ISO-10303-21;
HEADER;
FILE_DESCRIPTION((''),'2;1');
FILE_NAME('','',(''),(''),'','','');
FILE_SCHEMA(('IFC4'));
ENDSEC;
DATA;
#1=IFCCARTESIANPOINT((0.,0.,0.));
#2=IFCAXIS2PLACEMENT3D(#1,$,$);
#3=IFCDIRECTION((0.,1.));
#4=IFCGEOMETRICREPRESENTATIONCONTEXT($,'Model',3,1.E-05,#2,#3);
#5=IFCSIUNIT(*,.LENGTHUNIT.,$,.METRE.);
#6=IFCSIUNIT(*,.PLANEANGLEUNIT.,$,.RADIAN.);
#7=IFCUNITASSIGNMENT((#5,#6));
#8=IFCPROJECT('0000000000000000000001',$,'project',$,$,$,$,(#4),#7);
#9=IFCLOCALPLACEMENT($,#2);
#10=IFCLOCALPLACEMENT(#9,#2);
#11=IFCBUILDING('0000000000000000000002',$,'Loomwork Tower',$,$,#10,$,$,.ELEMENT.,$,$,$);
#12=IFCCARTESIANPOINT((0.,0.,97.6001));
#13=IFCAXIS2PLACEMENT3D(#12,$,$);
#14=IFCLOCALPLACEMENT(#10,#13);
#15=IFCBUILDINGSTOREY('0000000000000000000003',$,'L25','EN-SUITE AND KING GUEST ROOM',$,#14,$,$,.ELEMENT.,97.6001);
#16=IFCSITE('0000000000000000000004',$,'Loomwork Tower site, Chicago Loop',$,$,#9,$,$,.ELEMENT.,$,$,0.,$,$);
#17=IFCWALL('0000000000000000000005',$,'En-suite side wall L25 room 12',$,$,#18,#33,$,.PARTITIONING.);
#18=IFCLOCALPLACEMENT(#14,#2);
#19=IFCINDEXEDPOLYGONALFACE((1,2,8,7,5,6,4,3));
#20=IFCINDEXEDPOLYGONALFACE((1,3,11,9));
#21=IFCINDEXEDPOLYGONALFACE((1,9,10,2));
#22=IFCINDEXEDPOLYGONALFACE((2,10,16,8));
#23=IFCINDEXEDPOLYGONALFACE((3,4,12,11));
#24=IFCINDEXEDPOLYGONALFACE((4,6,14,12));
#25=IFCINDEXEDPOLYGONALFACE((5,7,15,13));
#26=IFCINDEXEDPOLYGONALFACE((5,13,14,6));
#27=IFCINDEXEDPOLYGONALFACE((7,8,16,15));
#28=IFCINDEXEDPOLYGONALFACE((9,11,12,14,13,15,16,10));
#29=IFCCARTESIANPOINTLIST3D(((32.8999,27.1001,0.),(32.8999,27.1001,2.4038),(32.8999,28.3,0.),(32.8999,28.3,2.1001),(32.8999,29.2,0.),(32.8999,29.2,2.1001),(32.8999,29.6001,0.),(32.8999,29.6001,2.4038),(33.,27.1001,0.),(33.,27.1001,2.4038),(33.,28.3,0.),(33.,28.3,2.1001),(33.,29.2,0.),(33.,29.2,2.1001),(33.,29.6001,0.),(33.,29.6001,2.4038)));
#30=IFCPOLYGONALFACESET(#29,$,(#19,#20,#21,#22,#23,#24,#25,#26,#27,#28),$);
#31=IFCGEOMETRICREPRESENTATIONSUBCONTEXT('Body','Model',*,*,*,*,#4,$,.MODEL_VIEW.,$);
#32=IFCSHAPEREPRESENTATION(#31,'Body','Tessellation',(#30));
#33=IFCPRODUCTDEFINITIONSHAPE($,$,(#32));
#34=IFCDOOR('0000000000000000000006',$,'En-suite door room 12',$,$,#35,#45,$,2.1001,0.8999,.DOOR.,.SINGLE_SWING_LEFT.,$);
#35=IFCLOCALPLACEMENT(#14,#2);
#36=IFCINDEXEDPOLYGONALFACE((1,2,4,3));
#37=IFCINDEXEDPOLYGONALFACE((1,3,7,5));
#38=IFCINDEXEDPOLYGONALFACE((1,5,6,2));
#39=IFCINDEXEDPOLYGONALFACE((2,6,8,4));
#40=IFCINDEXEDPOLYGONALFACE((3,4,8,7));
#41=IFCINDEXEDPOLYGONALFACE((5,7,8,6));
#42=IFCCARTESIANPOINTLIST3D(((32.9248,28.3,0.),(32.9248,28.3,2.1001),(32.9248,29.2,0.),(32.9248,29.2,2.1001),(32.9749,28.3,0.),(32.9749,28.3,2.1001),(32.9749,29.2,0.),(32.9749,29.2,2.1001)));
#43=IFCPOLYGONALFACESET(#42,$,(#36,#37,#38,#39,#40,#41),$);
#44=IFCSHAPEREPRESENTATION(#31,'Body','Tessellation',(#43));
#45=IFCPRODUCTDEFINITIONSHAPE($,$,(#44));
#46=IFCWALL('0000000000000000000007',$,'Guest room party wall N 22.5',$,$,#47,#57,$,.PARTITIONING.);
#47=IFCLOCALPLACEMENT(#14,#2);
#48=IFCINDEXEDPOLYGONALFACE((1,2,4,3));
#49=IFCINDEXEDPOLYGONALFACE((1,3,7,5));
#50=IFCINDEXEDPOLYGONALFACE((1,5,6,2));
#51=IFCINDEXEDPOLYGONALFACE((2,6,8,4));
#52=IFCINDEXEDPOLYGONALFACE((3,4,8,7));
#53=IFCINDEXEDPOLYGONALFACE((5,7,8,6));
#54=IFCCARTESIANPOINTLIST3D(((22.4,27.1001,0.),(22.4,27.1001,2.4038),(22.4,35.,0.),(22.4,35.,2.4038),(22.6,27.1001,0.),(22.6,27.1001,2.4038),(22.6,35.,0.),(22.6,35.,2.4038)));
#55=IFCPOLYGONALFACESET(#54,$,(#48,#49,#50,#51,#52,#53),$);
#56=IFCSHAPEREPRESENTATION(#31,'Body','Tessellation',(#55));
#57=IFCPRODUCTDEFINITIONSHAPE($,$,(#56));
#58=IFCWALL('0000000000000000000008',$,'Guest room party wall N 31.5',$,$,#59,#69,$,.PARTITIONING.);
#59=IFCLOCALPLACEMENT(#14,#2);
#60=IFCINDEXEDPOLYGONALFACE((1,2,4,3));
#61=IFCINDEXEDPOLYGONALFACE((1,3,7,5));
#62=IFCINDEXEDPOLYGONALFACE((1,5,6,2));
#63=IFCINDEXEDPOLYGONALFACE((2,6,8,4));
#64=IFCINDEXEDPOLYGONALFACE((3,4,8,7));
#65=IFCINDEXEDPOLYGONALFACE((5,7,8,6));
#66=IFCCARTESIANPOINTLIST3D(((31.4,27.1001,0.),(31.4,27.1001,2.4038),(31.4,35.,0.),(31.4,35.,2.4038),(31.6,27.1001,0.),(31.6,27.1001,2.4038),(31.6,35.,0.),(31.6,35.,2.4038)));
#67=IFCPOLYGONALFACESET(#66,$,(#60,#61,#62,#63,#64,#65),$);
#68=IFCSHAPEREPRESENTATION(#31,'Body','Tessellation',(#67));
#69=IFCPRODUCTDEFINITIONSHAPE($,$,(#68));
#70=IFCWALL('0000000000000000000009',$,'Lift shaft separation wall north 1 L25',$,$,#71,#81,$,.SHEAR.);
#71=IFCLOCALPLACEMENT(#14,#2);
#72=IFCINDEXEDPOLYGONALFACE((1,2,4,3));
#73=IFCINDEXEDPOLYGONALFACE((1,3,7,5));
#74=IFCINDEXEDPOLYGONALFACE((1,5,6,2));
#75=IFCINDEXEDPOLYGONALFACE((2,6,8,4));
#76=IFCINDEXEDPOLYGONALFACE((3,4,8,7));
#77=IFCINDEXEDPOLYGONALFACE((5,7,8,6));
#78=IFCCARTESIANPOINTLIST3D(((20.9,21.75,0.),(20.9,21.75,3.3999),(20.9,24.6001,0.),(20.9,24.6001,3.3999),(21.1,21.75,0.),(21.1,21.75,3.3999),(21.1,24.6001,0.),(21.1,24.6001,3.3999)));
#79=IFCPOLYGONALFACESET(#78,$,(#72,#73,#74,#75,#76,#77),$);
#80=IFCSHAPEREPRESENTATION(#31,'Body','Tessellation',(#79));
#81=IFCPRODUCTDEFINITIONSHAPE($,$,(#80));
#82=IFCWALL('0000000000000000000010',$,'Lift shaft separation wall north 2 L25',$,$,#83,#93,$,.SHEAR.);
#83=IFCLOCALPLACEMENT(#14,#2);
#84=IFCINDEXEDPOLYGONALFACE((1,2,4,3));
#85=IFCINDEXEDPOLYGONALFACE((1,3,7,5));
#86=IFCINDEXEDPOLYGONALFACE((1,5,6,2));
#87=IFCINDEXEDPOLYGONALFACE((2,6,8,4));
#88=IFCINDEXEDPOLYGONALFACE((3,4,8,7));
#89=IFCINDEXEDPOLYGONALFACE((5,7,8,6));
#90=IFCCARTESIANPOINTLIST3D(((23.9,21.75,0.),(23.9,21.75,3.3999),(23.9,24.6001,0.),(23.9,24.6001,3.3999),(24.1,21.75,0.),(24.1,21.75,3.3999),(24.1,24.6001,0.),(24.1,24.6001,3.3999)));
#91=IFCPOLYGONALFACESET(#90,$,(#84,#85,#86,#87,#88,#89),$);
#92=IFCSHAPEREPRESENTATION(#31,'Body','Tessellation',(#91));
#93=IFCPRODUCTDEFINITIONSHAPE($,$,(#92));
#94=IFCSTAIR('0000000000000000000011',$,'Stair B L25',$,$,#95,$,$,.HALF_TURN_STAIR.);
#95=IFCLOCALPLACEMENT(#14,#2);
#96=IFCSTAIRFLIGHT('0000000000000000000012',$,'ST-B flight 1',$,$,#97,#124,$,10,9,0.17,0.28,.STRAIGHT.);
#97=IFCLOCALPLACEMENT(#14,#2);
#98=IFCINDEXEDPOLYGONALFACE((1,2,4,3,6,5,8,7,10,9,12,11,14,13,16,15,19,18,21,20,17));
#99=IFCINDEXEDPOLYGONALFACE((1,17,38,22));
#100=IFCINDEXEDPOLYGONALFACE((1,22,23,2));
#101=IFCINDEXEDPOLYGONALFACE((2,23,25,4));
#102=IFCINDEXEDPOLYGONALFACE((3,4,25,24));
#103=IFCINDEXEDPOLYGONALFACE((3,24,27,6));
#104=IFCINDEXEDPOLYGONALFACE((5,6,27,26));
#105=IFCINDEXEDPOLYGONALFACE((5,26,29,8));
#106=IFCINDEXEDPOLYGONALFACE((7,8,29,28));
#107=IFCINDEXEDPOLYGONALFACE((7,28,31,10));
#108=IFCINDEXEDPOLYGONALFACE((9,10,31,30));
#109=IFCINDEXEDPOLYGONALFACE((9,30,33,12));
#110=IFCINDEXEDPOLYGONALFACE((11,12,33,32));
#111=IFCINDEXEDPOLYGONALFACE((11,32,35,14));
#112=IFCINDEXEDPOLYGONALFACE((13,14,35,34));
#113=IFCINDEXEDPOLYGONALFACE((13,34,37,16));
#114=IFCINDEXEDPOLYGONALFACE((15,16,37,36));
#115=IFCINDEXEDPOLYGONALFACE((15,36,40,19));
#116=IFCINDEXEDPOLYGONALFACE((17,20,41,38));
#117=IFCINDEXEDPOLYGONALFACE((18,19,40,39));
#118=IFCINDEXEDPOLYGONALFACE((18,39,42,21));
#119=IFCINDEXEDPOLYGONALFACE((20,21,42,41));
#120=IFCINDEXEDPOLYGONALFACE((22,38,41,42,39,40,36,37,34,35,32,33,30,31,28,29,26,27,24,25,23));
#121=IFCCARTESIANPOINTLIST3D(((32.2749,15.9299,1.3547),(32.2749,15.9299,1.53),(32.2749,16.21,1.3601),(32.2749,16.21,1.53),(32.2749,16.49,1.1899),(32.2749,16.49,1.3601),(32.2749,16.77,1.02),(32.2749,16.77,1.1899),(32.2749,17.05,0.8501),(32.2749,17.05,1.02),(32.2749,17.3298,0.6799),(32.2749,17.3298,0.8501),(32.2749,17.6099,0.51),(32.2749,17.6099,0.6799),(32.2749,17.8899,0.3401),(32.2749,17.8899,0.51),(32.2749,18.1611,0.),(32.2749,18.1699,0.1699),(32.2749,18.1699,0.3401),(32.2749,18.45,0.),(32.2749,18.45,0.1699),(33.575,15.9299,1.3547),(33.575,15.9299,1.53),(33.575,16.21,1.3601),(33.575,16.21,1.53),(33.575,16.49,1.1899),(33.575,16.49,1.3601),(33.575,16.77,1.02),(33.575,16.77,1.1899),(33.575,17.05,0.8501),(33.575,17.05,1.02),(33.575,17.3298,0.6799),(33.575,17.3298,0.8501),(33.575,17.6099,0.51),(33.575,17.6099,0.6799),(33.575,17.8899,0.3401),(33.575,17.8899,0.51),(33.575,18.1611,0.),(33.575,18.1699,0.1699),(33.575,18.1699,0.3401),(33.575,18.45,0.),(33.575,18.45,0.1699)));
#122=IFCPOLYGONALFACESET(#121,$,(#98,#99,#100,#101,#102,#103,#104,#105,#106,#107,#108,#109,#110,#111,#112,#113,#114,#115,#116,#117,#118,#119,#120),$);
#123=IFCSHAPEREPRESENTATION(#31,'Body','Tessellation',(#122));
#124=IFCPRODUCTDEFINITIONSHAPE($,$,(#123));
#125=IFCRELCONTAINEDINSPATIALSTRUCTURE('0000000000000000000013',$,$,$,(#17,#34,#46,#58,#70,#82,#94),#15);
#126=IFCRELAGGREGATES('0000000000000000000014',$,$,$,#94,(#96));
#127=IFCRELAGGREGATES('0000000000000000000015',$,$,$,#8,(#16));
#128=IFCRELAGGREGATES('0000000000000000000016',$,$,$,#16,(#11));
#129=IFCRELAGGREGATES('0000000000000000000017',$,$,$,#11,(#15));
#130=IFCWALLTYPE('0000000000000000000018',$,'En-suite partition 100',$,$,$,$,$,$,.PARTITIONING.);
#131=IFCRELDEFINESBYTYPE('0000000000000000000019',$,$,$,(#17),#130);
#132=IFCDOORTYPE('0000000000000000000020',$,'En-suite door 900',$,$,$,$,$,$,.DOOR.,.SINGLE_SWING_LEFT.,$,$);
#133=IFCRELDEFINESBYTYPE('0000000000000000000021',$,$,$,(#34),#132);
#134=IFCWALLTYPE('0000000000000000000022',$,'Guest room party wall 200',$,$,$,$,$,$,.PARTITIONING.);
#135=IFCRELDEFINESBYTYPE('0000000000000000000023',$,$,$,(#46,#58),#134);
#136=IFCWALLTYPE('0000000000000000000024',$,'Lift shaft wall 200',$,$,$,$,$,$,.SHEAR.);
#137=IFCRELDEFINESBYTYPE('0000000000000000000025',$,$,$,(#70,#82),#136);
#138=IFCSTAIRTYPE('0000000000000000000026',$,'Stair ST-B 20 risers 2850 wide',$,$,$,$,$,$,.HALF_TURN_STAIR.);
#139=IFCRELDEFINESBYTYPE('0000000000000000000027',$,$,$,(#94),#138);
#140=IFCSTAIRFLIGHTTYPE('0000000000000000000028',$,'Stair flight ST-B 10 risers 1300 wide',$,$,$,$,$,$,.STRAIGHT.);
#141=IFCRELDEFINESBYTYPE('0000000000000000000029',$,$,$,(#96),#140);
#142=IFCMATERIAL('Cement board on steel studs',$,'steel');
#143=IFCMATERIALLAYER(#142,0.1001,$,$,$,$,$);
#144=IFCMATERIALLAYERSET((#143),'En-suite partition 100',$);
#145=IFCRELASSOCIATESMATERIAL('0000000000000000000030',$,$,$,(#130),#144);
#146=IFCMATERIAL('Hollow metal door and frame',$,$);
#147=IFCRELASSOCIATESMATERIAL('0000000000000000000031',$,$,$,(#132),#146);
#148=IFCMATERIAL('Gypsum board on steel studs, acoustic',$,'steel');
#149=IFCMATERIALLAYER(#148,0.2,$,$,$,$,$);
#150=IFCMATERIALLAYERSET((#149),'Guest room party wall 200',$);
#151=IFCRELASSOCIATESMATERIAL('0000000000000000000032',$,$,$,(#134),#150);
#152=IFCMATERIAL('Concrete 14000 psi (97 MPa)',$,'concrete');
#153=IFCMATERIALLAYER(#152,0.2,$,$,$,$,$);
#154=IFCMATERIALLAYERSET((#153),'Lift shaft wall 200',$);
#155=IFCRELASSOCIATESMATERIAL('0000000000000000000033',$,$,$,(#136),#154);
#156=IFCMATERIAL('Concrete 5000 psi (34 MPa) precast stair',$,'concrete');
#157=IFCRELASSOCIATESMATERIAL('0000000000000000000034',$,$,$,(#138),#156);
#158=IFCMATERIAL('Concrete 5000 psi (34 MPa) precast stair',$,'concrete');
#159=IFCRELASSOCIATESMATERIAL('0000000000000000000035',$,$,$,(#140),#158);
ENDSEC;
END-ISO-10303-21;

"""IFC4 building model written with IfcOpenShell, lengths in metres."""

from ifc_helpers import new_model, si_unit, direction, frame, frame_2d, origin, place, context, subcontext, project, spatial, polyline, rectangle, outline, extrude, material, layer, layer_set, type_object, element, fill, aggregate, save


model = new_model("IFC4")

# Units and contexts
model_context = context("Model", 3, precision=1e-05, world=origin(), true_north=direction((0.0, 1.0)))
body_context = subcontext(model_context, "Body", "Model", "MODEL_VIEW")
ifc_project = project(units=[si_unit("LENGTHUNIT", "METRE"), si_unit("PLANEANGLEUNIT", "RADIAN")], contexts=[model_context])

# Site, building, storey
site_placement = place(None, origin())
site = spatial("IfcSite", under=ifc_project, at=site_placement, Name="Loomwork Tower site, Chicago Loop", CompositionType="ELEMENT", RefElevation=0.0)
building_placement = place(site_placement, origin())
building = spatial("IfcBuilding", under=site, at=building_placement, Name="Loomwork Tower", CompositionType="ELEMENT")
storey_placement = place(building_placement, frame((0.0, 0.0, 97.6001)))
storey = spatial("IfcBuildingStorey", under=building, at=storey_placement, Name="L25", Description="EN-SUITE AND KING GUEST ROOM", CompositionType="ELEMENT", Elevation=97.6001)

# Shared definitions
ifc_material_1 = material(Name="Cement board on steel studs", Category="steel")
ifc_layer_1 = layer(ifc_material_1, 0.1001)
ifc_layer_set_1 = layer_set([ifc_layer_1], Name="En-suite partition 100")
wall_type_1 = type_object("IfcWallType", Name="En-suite partition 100", PredefinedType="PARTITIONING", material=ifc_layer_set_1)
ifc_material_2 = material(Name="Hollow metal door and frame")
door_type_1 = type_object("IfcDoorType", Name="En-suite door 900", OperationType="SINGLE_SWING_LEFT", PredefinedType="DOOR", material=ifc_material_2)

# Wall, opening, door
wall_1_placement = place(storey_placement, frame((32.95, 27.1001, 0.0), z_axis=(0.0, 0.0, 1.0), x_axis=(0.0, 1.0, 0.0)))
wall_1 = element("IfcWall", 1, at=wall_1_placement, inside=storey, type_object=wall_type_1, Name="En-suite side wall L25 room 12", PredefinedType="PARTITIONING", context=body_context, shape_type="SweptSolid", body=[
    extrude(rectangle(XDim=2.5, YDim=0.1001, at=frame_2d((1.25, 0.0))), origin(), (0.0, 0.0, 1.0), 2.4038),
])
opening_1_placement = place(wall_1_placement, frame((1.2, 0.0, 0.0)))
opening_1 = element("IfcOpeningElement", 2, at=opening_1_placement, cuts=wall_1, PredefinedType="OPENING", context=body_context, shape_type="SweptSolid", body=[
    extrude(rectangle(XDim=0.8999, YDim=2.1001, at=frame_2d((0.45, 1.05))), frame((0.0, 0.0601, 0.0), z_axis=(0.0, -1.0, 0.0), x_axis=(1.0, 0.0, 0.0)), (0.0, 0.0, 1.0), 0.1201),
])
door_1_placement = place(opening_1_placement, frame((0.8999, 0.0, 0.0), z_axis=(0.0, 0.0, 1.0), x_axis=(-1.0, 0.0, 0.0)))
door_1 = element("IfcDoor", 3, at=door_1_placement, inside=storey, type_object=door_type_1, Name="En-suite door room 12", OperationType="SINGLE_SWING_LEFT", OverallHeight=2.1001, OverallWidth=0.8999, PredefinedType="DOOR", context=body_context, shape_type="SweptSolid", body=[
    extrude(rectangle(XDim=0.8999, YDim=2.1001, at=frame_2d((0.45, 1.05))), frame((0.0, 0.0249, 0.0), z_axis=(0.0, -1.0, 0.0), x_axis=(1.0, 0.0, 0.0)), (0.0, 0.0, 1.0), 0.05),
])
fill(opening_1, door_1)

# Walls
ifc_material_3 = material(Name="Gypsum board on steel studs, acoustic", Category="steel")
ifc_layer_2 = layer(ifc_material_3, 0.2)
ifc_layer_set_2 = layer_set([ifc_layer_2], Name="Guest room party wall 200")
wall_type_2 = type_object("IfcWallType", Name="Guest room party wall 200", PredefinedType="PARTITIONING", material=ifc_layer_set_2)
for number, where, z_axis, x_axis, name in (
    (4, (22.5, 27.1001, 0.0), (0.0, 0.0, 1.0), (0.0, 1.0, 0.0), "Guest room party wall N 22.5"),
    (5, (31.5, 27.1001, 0.0), (0.0, 0.0, 1.0), (0.0, 1.0, 0.0), "Guest room party wall N 31.5"),
):
    element("IfcWall", number, at=place(storey_placement, frame(where, z_axis=z_axis, x_axis=x_axis)), inside=storey, type_object=wall_type_2, Name=name, PredefinedType="PARTITIONING", context=body_context, shape_type="SweptSolid", body=[
        extrude(rectangle(XDim=7.8999, YDim=0.2, at=frame_2d((3.95, 0.0))), origin(), (0.0, 0.0, 1.0), 2.4038),
    ])
ifc_material_4 = material(Name="Concrete 14000 psi (97 MPa)", Category="concrete")
ifc_layer_3 = layer(ifc_material_4, 0.2)
ifc_layer_set_3 = layer_set([ifc_layer_3], Name="Lift shaft wall 200")
wall_type_3 = type_object("IfcWallType", Name="Lift shaft wall 200", PredefinedType="SHEAR", material=ifc_layer_set_3)
for number, where, z_axis, x_axis, name in (
    (6, (21.0, 21.75, 0.0), (0.0, 0.0, 1.0), (0.0, 1.0, 0.0), "Lift shaft separation wall north 1 L25"),
    (7, (24.0, 21.75, 0.0), (0.0, 0.0, 1.0), (0.0, 1.0, 0.0), "Lift shaft separation wall north 2 L25"),
):
    element("IfcWall", number, at=place(storey_placement, frame(where, z_axis=z_axis, x_axis=x_axis)), inside=storey, type_object=wall_type_3, Name=name, PredefinedType="SHEAR", context=body_context, shape_type="SweptSolid", body=[
        extrude(rectangle(XDim=2.8501, YDim=0.2, at=frame_2d((1.425, 0.0))), origin(), (0.0, 0.0, 1.0), 3.3999),
    ])

# Stair, stair flight
ifc_material_5 = material(Name="Concrete 5000 psi (34 MPa) precast stair", Category="concrete")
stair_type = type_object("IfcStairType", Name="Stair ST-B 20 risers 2850 wide", PredefinedType="HALF_TURN_STAIR", material=ifc_material_5)
stair_placement = place(storey_placement, origin())
stair = element("IfcStair", 8, at=stair_placement, inside=storey, type_object=stair_type, Name="Stair B L25", PredefinedType="HALF_TURN_STAIR")
ifc_material_6 = material(Name="Concrete 5000 psi (34 MPa) precast stair", Category="concrete")
stair_flight_type = type_object("IfcStairFlightType", Name="Stair flight ST-B 10 risers 1300 wide", PredefinedType="STRAIGHT", material=ifc_material_6)
stair_flight_placement = place(storey_placement, frame((32.925, 18.45, 0.0), z_axis=(0.0, 0.0, 1.0), x_axis=(0.0, -1.0, 0.0)))
stair_flight = element("IfcStairFlight", 9, at=stair_flight_placement, type_object=stair_flight_type, Name="ST-B flight 1", NumberOfRisers=10, NumberOfTreads=9, PredefinedType="STRAIGHT", RiserHeight=0.17, TreadLength=0.28, context=body_context, shape_type="SweptSolid", body=[
    extrude(outline(polyline([(0.0, 0.0), (0.0, 0.1699), (0.28, 0.1699), (0.28, 0.3401), (0.5601, 0.3401), (0.5601, 0.51), (0.8401, 0.51), (0.8401, 0.6799), (1.1201, 0.6799), (1.1201, 0.8501), (1.3999, 0.8501), (1.3999, 1.02), (1.6799, 1.02), (1.6799, 1.1899), (1.96, 1.1899), (1.96, 1.3601), (2.24, 1.3601), (2.24, 1.53), (2.52, 1.53), (2.52, 1.7), (2.52, 1.3547), (0.2888, 0.0), (0.0, 0.0)])), frame((0.0, 0.6499, 0.0), z_axis=(0.0, -1.0, 0.0), x_axis=(1.0, 0.0, 0.0)), (0.0, 0.0, 1.0), 1.3),
])
aggregate(stair, [stair_flight])

save(model, "model.ifc")
